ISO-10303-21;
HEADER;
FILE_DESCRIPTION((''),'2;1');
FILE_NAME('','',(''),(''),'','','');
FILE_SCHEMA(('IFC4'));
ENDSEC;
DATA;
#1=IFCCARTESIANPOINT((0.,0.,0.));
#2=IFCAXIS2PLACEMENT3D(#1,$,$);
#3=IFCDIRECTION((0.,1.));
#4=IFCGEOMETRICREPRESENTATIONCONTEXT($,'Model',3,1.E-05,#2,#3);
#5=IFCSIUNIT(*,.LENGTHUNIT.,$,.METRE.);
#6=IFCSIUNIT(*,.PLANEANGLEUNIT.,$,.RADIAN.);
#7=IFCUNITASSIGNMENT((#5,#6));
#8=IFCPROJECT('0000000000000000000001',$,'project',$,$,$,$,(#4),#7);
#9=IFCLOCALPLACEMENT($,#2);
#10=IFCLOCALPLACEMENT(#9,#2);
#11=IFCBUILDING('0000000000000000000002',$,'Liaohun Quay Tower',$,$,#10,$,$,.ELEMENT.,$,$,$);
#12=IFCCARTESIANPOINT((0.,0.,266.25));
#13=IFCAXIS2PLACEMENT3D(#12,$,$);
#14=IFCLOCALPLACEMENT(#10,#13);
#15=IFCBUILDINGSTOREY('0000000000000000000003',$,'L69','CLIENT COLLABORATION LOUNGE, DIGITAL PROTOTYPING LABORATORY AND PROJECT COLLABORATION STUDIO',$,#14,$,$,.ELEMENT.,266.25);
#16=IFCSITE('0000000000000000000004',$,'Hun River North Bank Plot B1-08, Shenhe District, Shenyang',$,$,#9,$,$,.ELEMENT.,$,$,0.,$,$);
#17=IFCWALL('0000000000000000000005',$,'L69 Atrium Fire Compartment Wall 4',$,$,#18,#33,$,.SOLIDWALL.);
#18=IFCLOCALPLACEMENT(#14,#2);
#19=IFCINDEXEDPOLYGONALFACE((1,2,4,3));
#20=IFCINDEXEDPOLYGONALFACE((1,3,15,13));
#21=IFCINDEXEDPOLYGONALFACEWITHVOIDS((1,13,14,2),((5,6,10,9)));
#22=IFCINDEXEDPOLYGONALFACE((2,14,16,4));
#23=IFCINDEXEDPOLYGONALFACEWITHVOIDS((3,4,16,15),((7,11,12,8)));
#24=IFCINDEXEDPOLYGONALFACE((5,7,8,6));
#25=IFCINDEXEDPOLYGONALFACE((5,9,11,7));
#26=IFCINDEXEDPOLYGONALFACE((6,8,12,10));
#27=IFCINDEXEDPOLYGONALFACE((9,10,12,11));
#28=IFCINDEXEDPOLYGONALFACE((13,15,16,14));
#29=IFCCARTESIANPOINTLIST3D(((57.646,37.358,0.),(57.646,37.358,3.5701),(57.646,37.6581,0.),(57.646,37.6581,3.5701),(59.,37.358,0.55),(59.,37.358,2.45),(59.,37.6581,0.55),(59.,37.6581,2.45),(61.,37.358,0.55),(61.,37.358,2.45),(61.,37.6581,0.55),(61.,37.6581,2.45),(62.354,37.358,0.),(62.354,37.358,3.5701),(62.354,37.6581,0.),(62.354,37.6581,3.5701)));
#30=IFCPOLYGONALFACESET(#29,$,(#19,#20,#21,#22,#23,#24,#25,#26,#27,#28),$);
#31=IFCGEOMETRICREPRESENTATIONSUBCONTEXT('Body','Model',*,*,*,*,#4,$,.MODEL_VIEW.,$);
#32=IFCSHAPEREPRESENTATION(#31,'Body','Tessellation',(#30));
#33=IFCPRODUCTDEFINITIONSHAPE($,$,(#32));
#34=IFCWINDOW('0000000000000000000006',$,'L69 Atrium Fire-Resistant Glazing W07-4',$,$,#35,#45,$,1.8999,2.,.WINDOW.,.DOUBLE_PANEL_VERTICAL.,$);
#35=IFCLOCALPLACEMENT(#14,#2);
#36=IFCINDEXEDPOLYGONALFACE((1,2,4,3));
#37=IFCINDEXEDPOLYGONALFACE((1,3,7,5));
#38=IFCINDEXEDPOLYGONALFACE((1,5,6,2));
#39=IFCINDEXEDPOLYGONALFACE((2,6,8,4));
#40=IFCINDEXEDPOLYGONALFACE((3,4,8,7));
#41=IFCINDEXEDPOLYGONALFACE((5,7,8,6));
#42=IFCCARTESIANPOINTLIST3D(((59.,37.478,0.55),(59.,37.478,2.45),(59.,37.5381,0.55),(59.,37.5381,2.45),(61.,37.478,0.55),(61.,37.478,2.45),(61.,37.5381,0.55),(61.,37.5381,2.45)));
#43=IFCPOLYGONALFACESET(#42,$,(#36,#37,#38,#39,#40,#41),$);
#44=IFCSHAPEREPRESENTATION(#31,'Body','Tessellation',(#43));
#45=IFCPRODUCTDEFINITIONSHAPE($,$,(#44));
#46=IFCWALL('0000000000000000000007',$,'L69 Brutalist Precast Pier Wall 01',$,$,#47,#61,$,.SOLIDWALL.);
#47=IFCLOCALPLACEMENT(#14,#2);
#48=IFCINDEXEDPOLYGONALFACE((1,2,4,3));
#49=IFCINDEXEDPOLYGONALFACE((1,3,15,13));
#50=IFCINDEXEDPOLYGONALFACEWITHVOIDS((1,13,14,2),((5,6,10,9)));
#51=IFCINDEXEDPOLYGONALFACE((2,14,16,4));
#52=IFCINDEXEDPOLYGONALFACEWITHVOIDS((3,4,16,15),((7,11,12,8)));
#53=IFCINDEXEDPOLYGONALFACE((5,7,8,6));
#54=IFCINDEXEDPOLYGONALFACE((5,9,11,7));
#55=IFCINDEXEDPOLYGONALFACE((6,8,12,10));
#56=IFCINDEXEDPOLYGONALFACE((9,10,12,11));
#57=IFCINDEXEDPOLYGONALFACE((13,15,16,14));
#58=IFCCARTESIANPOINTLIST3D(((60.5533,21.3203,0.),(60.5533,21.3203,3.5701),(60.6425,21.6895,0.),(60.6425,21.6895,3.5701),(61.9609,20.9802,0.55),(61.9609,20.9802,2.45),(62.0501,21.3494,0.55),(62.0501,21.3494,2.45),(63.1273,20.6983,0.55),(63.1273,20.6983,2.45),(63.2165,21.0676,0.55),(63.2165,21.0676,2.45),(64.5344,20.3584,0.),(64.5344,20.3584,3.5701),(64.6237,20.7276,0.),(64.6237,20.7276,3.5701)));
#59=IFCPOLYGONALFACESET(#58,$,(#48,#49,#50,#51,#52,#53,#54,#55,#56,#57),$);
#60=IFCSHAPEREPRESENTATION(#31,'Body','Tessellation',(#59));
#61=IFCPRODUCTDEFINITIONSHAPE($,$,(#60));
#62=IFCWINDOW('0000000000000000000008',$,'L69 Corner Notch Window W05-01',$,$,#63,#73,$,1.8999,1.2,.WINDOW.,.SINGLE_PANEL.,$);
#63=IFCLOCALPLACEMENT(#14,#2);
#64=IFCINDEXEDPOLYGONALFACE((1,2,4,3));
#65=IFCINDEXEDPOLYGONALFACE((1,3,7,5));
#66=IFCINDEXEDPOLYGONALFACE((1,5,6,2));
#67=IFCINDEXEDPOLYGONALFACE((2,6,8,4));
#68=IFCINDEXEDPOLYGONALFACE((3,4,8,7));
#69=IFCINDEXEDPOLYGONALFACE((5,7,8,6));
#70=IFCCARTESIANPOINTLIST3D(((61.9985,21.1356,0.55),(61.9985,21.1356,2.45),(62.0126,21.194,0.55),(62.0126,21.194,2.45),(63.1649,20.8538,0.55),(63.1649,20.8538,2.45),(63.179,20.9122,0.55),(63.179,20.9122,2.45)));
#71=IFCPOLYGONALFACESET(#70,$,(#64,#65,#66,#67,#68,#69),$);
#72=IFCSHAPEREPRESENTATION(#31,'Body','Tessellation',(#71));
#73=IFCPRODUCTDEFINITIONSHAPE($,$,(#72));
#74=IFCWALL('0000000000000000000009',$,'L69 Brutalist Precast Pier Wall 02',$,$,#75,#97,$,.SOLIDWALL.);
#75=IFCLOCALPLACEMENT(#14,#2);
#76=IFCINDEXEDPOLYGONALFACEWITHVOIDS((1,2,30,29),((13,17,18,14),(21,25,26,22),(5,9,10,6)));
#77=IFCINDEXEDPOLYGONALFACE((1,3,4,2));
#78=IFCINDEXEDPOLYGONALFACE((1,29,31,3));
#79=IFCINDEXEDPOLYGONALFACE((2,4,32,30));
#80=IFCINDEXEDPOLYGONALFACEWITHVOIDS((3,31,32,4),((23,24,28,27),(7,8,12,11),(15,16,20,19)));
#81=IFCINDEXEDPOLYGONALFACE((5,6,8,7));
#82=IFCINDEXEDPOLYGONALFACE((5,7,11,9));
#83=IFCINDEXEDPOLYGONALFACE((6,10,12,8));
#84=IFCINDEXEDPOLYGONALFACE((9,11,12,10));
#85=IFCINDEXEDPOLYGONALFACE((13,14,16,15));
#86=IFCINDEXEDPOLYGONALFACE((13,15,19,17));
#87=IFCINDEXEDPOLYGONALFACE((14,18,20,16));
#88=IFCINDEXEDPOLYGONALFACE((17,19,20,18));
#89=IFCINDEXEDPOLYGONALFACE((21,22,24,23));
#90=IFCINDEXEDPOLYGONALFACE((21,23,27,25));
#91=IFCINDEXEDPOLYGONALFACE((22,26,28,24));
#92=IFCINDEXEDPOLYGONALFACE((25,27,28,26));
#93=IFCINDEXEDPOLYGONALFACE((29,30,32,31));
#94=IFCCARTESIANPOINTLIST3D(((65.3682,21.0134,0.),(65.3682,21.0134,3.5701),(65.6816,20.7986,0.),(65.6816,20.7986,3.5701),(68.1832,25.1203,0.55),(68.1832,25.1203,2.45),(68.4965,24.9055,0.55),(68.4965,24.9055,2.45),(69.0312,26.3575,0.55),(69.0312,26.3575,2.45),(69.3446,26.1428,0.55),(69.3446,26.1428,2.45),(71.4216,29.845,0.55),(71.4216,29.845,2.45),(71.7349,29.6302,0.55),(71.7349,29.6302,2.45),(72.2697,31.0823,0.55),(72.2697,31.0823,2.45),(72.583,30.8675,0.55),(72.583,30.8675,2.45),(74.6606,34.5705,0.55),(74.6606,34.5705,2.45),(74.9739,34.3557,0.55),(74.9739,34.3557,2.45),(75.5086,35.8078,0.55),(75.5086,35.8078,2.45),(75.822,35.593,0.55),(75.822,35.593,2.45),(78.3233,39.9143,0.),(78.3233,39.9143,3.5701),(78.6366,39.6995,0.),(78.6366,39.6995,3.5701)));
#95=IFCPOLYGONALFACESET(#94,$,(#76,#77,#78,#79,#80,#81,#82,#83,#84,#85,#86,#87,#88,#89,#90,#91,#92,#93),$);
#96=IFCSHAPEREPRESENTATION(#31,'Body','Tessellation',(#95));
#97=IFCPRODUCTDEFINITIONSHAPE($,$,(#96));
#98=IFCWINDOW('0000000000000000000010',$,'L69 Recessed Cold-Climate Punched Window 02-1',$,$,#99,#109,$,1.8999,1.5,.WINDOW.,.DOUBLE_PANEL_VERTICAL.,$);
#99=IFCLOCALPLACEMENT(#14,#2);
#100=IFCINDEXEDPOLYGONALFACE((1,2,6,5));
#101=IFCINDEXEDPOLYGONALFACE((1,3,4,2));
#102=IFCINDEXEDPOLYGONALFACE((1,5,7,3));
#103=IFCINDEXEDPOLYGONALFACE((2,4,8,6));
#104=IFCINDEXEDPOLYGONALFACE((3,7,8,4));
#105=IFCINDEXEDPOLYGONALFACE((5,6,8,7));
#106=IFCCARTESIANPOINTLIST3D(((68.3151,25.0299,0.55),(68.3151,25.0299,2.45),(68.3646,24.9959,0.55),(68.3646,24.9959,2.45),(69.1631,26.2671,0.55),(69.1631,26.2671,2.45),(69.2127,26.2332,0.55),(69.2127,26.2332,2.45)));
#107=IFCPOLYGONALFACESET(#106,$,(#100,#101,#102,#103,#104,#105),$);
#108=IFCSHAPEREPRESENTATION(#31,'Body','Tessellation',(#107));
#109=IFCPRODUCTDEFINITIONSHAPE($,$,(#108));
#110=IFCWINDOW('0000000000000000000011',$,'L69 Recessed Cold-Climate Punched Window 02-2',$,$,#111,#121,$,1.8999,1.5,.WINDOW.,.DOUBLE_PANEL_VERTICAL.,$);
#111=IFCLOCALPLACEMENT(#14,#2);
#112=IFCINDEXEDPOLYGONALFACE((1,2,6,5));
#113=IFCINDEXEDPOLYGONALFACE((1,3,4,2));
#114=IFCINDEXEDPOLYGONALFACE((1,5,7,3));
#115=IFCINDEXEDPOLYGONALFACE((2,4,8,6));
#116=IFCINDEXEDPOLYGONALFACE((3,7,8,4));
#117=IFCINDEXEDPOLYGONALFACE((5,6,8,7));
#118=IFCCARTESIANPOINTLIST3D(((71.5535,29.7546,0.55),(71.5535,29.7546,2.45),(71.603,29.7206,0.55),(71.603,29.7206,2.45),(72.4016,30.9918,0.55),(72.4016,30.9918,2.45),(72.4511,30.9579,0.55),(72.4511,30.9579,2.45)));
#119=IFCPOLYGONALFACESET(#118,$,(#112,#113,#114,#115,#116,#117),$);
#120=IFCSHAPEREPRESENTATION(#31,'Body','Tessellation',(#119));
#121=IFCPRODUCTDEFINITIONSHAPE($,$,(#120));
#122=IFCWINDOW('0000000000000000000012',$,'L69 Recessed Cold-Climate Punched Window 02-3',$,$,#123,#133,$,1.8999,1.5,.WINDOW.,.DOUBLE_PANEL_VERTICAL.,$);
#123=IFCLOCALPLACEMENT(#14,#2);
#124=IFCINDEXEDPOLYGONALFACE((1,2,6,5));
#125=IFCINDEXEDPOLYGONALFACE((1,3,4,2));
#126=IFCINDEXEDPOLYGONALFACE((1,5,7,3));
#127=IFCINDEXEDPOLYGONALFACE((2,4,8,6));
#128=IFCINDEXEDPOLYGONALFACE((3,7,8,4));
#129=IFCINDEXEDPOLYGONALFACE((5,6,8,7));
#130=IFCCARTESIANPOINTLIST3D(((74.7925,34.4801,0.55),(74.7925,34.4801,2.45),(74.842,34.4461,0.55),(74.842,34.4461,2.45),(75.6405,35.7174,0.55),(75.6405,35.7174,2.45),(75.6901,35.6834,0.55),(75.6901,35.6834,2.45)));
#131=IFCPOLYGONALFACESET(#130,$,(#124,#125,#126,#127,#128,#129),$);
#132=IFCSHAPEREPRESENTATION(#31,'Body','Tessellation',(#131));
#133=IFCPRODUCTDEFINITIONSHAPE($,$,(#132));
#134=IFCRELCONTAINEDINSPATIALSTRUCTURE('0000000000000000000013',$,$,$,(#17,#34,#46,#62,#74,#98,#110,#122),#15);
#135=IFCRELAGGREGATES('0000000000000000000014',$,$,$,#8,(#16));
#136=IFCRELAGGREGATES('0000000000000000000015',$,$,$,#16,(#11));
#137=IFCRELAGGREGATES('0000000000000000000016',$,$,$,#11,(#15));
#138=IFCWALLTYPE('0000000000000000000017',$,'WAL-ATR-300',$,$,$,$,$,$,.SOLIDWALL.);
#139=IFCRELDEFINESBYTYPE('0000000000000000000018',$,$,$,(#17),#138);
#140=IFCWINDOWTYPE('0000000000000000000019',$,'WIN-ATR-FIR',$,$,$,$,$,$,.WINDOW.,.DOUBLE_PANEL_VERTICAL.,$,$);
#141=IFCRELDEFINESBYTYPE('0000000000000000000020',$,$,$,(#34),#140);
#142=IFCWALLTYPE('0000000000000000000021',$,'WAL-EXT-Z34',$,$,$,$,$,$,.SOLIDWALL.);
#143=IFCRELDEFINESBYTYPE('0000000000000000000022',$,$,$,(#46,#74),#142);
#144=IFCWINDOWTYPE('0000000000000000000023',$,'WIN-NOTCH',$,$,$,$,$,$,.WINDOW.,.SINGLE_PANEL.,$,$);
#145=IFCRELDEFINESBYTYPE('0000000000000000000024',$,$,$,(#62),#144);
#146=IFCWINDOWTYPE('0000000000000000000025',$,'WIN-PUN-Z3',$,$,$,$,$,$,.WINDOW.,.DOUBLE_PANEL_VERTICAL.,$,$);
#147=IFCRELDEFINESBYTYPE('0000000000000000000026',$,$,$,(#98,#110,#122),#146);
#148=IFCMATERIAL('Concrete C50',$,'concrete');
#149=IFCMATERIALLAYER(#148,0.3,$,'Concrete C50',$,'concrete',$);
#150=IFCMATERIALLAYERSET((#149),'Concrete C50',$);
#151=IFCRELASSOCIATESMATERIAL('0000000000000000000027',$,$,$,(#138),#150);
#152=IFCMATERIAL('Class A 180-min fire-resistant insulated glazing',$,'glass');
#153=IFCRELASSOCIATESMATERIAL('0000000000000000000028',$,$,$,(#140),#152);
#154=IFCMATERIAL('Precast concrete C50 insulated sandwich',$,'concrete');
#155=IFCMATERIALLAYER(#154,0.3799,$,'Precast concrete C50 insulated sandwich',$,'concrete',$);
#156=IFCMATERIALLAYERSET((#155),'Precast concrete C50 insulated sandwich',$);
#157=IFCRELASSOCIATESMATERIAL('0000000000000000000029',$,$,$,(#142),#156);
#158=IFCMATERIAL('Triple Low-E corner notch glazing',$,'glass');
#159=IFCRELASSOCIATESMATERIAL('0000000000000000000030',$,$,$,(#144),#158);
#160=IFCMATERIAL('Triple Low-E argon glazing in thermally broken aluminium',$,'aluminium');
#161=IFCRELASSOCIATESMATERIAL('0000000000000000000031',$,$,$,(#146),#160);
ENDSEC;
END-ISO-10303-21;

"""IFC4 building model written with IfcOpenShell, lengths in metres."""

from ifc_helpers import new_model, si_unit, direction, frame, frame_2d, origin, place, context, subcontext, project, spatial, rectangle, extrude, source, transform, mapped, material, layer, layer_set, type_object, element, fill, save


model = new_model("IFC4")

# Units and contexts
model_context = context("Model", 3, precision=1e-05, world=origin(), true_north=direction((0.0, 1.0)))
body_context = subcontext(model_context, "Body", "Model", "MODEL_VIEW")
ifc_project = project(units=[si_unit("LENGTHUNIT", "METRE"), si_unit("PLANEANGLEUNIT", "RADIAN")], contexts=[model_context])

# Site, building, storey
site_placement = place(None, origin())
site = spatial("IfcSite", under=ifc_project, at=site_placement, Name="Hun River North Bank Plot B1-08, Shenhe District, Shenyang", CompositionType="ELEMENT", RefElevation=0.0)
building_placement = place(site_placement, origin())
building = spatial("IfcBuilding", under=site, at=building_placement, Name="Liaohun Quay Tower", CompositionType="ELEMENT")
storey_placement = place(building_placement, frame((0.0, 0.0, 266.25)))
storey = spatial("IfcBuildingStorey", under=building, at=storey_placement, Name="L69", Description="CLIENT COLLABORATION LOUNGE, DIGITAL PROTOTYPING LABORATORY AND PROJECT COLLABORATION STUDIO", CompositionType="ELEMENT", Elevation=266.25)

# Walls, openings, windows
ifc_material_1 = material(Name="Concrete C50", Category="concrete")
ifc_layer_1 = layer(ifc_material_1, 0.3, Name="Concrete C50", Category="concrete")
ifc_layer_set_1 = layer_set([ifc_layer_1], Name="Concrete C50")
wall_type_1 = type_object("IfcWallType", Name="WAL-ATR-300", PredefinedType="SOLIDWALL", material=ifc_layer_set_1)
shared_shape_1 = source(origin(), body_context, "Body", "SweptSolid", [
    extrude(rectangle(XDim=2.0, YDim=1.8999, at=frame_2d((1.0, 0.95))), frame((0.0, 0.1599, 0.0), z_axis=(0.0, -1.0, 0.0), x_axis=(1.0, 0.0, 0.0)), (0.0, 0.0, 1.0), 0.3201),
])
ifc_material_2 = material(Name="Class A 180-min fire-resistant insulated glazing", Category="glass")
window_type_1 = type_object("IfcWindowType", Name="WIN-ATR-FIR", PartitioningType="DOUBLE_PANEL_VERTICAL", PredefinedType="WINDOW", material=ifc_material_2)
shared_shape_2 = source(origin(), body_context, "Body", "SweptSolid", [
    extrude(rectangle(XDim=2.0, YDim=1.8999, at=frame_2d((1.0, 0.95))), frame((0.0, 0.03, 0.0), z_axis=(0.0, -1.0, 0.0), x_axis=(1.0, 0.0, 0.0)), (0.0, 0.0, 1.0), 0.0601),
])
wall_1_placement = place(storey_placement, frame((62.354, 37.5081, 0.0), z_axis=(0.0, 0.0, 1.0), x_axis=(-1.0, 0.0, 0.0)))
wall_1 = element("IfcWall", 1, at=wall_1_placement, inside=storey, type_object=wall_type_1, Name="L69 Atrium Fire Compartment Wall 4", PredefinedType="SOLIDWALL", context=body_context, shape_type="SweptSolid", body=[
    extrude(rectangle(XDim=4.708, YDim=0.3, at=frame_2d((2.354, 0.0))), origin(), (0.0, 0.0, 1.0), 3.5701),
])
opening_1_placement = place(wall_1_placement, frame((1.354, 0.0, 0.55)))
opening_1 = element("IfcOpeningElement", 2, at=opening_1_placement, cuts=wall_1, PredefinedType="OPENING", context=body_context, shape_type="MappedRepresentation", body=[
    mapped(shared_shape_1, transform((0.0, 0.0, 0.0), x_axis=(1.0, 0.0, 0.0), y_axis=(0.0, 1.0, 0.0), z_axis=(0.0, 0.0, 1.0), scale=1.0)),
])
window_1_placement = place(opening_1_placement, origin())
window_1 = element("IfcWindow", 3, at=window_1_placement, inside=storey, type_object=window_type_1, Name="L69 Atrium Fire-Resistant Glazing W07-4", OverallHeight=1.8999, OverallWidth=2.0, PartitioningType="DOUBLE_PANEL_VERTICAL", PredefinedType="WINDOW", context=body_context, shape_type="MappedRepresentation", body=[
    mapped(shared_shape_2, transform((0.0, 0.0, 0.0), x_axis=(1.0, 0.0, 0.0), y_axis=(0.0, 1.0, 0.0), z_axis=(0.0, 0.0, 1.0), scale=1.0)),
])
fill(opening_1, window_1)
ifc_material_3 = material(Name="Precast concrete C50 insulated sandwich", Category="concrete")
ifc_layer_2 = layer(ifc_material_3, 0.3799, Name="Precast concrete C50 insulated sandwich", Category="concrete")
ifc_layer_set_2 = layer_set([ifc_layer_2], Name="Precast concrete C50 insulated sandwich")
wall_type_2 = type_object("IfcWallType", Name="WAL-EXT-Z34", PredefinedType="SOLIDWALL", material=ifc_layer_set_2)
wall_2_placement = place(storey_placement, frame((60.5979, 21.5049, 0.0), z_axis=(0.0, 0.0, 1.0), x_axis=(0.97203, -0.234856, 0.0)))
wall_2 = element("IfcWall", 4, at=wall_2_placement, inside=storey, type_object=wall_type_2, Name="L69 Brutalist Precast Pier Wall 01", PredefinedType="SOLIDWALL", context=body_context, shape_type="SweptSolid", body=[
    extrude(rectangle(XDim=4.0957, YDim=0.3799, at=frame_2d((2.0479, 0.0))), origin(), (0.0, 0.0, 1.0), 3.5701),
])
shared_shape_3 = source(origin(), body_context, "Body", "SweptSolid", [
    extrude(rectangle(XDim=1.2, YDim=1.8999, at=frame_2d((0.6001, 0.95))), frame((0.0, 0.2, 0.0), z_axis=(0.0, -1.0, 0.0), x_axis=(1.0, 0.0, 0.0)), (0.0, 0.0, 1.0), 0.3999),
])
opening_2_placement = place(wall_2_placement, frame((1.448, 0.0, 0.55)))
opening_2 = element("IfcOpeningElement", 5, at=opening_2_placement, cuts=wall_2, PredefinedType="OPENING", context=body_context, shape_type="MappedRepresentation", body=[
    mapped(shared_shape_3, transform((0.0, 0.0, 0.0), x_axis=(1.0, 0.0, 0.0), y_axis=(0.0, 1.0, 0.0), z_axis=(0.0, 0.0, 1.0), scale=1.0)),
])
ifc_material_4 = material(Name="Triple Low-E corner notch glazing", Category="glass")
window_type_2 = type_object("IfcWindowType", Name="WIN-NOTCH", PartitioningType="SINGLE_PANEL", PredefinedType="WINDOW", material=ifc_material_4)
shared_shape_4 = source(origin(), body_context, "Body", "SweptSolid", [
    extrude(rectangle(XDim=1.2, YDim=1.8999, at=frame_2d((0.6001, 0.95))), frame((0.0, 0.03, 0.0), z_axis=(0.0, -1.0, 0.0), x_axis=(1.0, 0.0, 0.0)), (0.0, 0.0, 1.0), 0.0601),
])
window_2_placement = place(opening_2_placement, origin())
window_2 = element("IfcWindow", 6, at=window_2_placement, inside=storey, type_object=window_type_2, Name="L69 Corner Notch Window W05-01", OverallHeight=1.8999, OverallWidth=1.2, PartitioningType="SINGLE_PANEL", PredefinedType="WINDOW", context=body_context, shape_type="MappedRepresentation", body=[
    mapped(shared_shape_4, transform((0.0, 0.0, 0.0), x_axis=(1.0, 0.0, 0.0), y_axis=(0.0, 1.0, 0.0), z_axis=(0.0, 0.0, 1.0), scale=1.0)),
])
fill(opening_2, window_2)

# Wall, openings, windows
wall_3_placement = place(storey_placement, frame((65.5249, 20.906, 0.0), z_axis=(0.0, 0.0, 1.0), x_axis=(0.565364, 0.824841, 0.0)))
wall_3 = element("IfcWall", 7, at=wall_3_placement, inside=storey, type_object=wall_type_2, Name="L69 Brutalist Precast Pier Wall 02", PredefinedType="SOLIDWALL", context=body_context, shape_type="SweptSolid", body=[
    extrude(rectangle(XDim=22.9146, YDim=0.3799, at=frame_2d((11.4573, 0.0))), origin(), (0.0, 0.0, 1.0), 3.5701),
])
shared_shape_5 = source(origin(), body_context, "Body", "SweptSolid", [
    extrude(rectangle(XDim=1.5, YDim=1.8999, at=frame_2d((0.75, 0.95))), frame((0.0, 0.2, 0.0), z_axis=(0.0, -1.0, 0.0), x_axis=(1.0, 0.0, 0.0)), (0.0, 0.0, 1.0), 0.3999),
])
opening_3_placement = place(wall_3_placement, frame((4.979, 0.0, 0.55)))
opening_3 = element("IfcOpeningElement", 8, at=opening_3_placement, cuts=wall_3, PredefinedType="OPENING", context=body_context, shape_type="MappedRepresentation", body=[
    mapped(shared_shape_5, transform((0.0, 0.0, 0.0), x_axis=(1.0, 0.0, 0.0), y_axis=(0.0, 1.0, 0.0), z_axis=(0.0, 0.0, 1.0), scale=1.0)),
])
opening_4_placement = place(wall_3_placement, frame((10.707, 0.0, 0.55)))
opening_4 = element("IfcOpeningElement", 9, at=opening_4_placement, cuts=wall_3, PredefinedType="OPENING", context=body_context, shape_type="MappedRepresentation", body=[
    mapped(shared_shape_5, transform((0.0, 0.0, 0.0), x_axis=(1.0, 0.0, 0.0), y_axis=(0.0, 1.0, 0.0), z_axis=(0.0, 0.0, 1.0), scale=1.0)),
])
opening_5_placement = place(wall_3_placement, frame((16.436, 0.0, 0.55)))
opening_5 = element("IfcOpeningElement", 10, at=opening_5_placement, cuts=wall_3, PredefinedType="OPENING", context=body_context, shape_type="MappedRepresentation", body=[
    mapped(shared_shape_5, transform((0.0, 0.0, 0.0), x_axis=(1.0, 0.0, 0.0), y_axis=(0.0, 1.0, 0.0), z_axis=(0.0, 0.0, 1.0), scale=1.0)),
])
ifc_material_5 = material(Name="Triple Low-E argon glazing in thermally broken aluminium", Category="aluminium")
window_type_3 = type_object("IfcWindowType", Name="WIN-PUN-Z3", PartitioningType="DOUBLE_PANEL_VERTICAL", PredefinedType="WINDOW", material=ifc_material_5)
shared_shape_6 = source(origin(), body_context, "Body", "SweptSolid", [
    extrude(rectangle(XDim=1.5, YDim=1.8999, at=frame_2d((0.75, 0.95))), frame((0.0, 0.03, 0.0), z_axis=(0.0, -1.0, 0.0), x_axis=(1.0, 0.0, 0.0)), (0.0, 0.0, 1.0), 0.0601),
])
window_3_placement = place(opening_3_placement, origin())
window_3 = element("IfcWindow", 11, at=window_3_placement, inside=storey, type_object=window_type_3, Name="L69 Recessed Cold-Climate Punched Window 02-1", OverallHeight=1.8999, OverallWidth=1.5, PartitioningType="DOUBLE_PANEL_VERTICAL", PredefinedType="WINDOW", context=body_context, shape_type="MappedRepresentation", body=[
    mapped(shared_shape_6, transform((0.0, 0.0, 0.0), x_axis=(1.0, 0.0, 0.0), y_axis=(0.0, 1.0, 0.0), z_axis=(0.0, 0.0, 1.0), scale=1.0)),
])
fill(opening_3, window_3)
window_4_placement = place(opening_4_placement, origin())
window_4 = element("IfcWindow", 12, at=window_4_placement, inside=storey, type_object=window_type_3, Name="L69 Recessed Cold-Climate Punched Window 02-2", OverallHeight=1.8999, OverallWidth=1.5, PartitioningType="DOUBLE_PANEL_VERTICAL", PredefinedType="WINDOW", context=body_context, shape_type="MappedRepresentation", body=[
    mapped(shared_shape_6, transform((0.0, 0.0, 0.0), x_axis=(1.0, 0.0, 0.0), y_axis=(0.0, 1.0, 0.0), z_axis=(0.0, 0.0, 1.0), scale=1.0)),
])
fill(opening_4, window_4)
window_5_placement = place(opening_5_placement, origin())
window_5 = element("IfcWindow", 13, at=window_5_placement, inside=storey, type_object=window_type_3, Name="L69 Recessed Cold-Climate Punched Window 02-3", OverallHeight=1.8999, OverallWidth=1.5, PartitioningType="DOUBLE_PANEL_VERTICAL", PredefinedType="WINDOW", context=body_context, shape_type="MappedRepresentation", body=[
    mapped(shared_shape_6, transform((0.0, 0.0, 0.0), x_axis=(1.0, 0.0, 0.0), y_axis=(0.0, 1.0, 0.0), z_axis=(0.0, 0.0, 1.0), scale=1.0)),
])
fill(opening_5, window_5)

save(model, "model.ifc")
